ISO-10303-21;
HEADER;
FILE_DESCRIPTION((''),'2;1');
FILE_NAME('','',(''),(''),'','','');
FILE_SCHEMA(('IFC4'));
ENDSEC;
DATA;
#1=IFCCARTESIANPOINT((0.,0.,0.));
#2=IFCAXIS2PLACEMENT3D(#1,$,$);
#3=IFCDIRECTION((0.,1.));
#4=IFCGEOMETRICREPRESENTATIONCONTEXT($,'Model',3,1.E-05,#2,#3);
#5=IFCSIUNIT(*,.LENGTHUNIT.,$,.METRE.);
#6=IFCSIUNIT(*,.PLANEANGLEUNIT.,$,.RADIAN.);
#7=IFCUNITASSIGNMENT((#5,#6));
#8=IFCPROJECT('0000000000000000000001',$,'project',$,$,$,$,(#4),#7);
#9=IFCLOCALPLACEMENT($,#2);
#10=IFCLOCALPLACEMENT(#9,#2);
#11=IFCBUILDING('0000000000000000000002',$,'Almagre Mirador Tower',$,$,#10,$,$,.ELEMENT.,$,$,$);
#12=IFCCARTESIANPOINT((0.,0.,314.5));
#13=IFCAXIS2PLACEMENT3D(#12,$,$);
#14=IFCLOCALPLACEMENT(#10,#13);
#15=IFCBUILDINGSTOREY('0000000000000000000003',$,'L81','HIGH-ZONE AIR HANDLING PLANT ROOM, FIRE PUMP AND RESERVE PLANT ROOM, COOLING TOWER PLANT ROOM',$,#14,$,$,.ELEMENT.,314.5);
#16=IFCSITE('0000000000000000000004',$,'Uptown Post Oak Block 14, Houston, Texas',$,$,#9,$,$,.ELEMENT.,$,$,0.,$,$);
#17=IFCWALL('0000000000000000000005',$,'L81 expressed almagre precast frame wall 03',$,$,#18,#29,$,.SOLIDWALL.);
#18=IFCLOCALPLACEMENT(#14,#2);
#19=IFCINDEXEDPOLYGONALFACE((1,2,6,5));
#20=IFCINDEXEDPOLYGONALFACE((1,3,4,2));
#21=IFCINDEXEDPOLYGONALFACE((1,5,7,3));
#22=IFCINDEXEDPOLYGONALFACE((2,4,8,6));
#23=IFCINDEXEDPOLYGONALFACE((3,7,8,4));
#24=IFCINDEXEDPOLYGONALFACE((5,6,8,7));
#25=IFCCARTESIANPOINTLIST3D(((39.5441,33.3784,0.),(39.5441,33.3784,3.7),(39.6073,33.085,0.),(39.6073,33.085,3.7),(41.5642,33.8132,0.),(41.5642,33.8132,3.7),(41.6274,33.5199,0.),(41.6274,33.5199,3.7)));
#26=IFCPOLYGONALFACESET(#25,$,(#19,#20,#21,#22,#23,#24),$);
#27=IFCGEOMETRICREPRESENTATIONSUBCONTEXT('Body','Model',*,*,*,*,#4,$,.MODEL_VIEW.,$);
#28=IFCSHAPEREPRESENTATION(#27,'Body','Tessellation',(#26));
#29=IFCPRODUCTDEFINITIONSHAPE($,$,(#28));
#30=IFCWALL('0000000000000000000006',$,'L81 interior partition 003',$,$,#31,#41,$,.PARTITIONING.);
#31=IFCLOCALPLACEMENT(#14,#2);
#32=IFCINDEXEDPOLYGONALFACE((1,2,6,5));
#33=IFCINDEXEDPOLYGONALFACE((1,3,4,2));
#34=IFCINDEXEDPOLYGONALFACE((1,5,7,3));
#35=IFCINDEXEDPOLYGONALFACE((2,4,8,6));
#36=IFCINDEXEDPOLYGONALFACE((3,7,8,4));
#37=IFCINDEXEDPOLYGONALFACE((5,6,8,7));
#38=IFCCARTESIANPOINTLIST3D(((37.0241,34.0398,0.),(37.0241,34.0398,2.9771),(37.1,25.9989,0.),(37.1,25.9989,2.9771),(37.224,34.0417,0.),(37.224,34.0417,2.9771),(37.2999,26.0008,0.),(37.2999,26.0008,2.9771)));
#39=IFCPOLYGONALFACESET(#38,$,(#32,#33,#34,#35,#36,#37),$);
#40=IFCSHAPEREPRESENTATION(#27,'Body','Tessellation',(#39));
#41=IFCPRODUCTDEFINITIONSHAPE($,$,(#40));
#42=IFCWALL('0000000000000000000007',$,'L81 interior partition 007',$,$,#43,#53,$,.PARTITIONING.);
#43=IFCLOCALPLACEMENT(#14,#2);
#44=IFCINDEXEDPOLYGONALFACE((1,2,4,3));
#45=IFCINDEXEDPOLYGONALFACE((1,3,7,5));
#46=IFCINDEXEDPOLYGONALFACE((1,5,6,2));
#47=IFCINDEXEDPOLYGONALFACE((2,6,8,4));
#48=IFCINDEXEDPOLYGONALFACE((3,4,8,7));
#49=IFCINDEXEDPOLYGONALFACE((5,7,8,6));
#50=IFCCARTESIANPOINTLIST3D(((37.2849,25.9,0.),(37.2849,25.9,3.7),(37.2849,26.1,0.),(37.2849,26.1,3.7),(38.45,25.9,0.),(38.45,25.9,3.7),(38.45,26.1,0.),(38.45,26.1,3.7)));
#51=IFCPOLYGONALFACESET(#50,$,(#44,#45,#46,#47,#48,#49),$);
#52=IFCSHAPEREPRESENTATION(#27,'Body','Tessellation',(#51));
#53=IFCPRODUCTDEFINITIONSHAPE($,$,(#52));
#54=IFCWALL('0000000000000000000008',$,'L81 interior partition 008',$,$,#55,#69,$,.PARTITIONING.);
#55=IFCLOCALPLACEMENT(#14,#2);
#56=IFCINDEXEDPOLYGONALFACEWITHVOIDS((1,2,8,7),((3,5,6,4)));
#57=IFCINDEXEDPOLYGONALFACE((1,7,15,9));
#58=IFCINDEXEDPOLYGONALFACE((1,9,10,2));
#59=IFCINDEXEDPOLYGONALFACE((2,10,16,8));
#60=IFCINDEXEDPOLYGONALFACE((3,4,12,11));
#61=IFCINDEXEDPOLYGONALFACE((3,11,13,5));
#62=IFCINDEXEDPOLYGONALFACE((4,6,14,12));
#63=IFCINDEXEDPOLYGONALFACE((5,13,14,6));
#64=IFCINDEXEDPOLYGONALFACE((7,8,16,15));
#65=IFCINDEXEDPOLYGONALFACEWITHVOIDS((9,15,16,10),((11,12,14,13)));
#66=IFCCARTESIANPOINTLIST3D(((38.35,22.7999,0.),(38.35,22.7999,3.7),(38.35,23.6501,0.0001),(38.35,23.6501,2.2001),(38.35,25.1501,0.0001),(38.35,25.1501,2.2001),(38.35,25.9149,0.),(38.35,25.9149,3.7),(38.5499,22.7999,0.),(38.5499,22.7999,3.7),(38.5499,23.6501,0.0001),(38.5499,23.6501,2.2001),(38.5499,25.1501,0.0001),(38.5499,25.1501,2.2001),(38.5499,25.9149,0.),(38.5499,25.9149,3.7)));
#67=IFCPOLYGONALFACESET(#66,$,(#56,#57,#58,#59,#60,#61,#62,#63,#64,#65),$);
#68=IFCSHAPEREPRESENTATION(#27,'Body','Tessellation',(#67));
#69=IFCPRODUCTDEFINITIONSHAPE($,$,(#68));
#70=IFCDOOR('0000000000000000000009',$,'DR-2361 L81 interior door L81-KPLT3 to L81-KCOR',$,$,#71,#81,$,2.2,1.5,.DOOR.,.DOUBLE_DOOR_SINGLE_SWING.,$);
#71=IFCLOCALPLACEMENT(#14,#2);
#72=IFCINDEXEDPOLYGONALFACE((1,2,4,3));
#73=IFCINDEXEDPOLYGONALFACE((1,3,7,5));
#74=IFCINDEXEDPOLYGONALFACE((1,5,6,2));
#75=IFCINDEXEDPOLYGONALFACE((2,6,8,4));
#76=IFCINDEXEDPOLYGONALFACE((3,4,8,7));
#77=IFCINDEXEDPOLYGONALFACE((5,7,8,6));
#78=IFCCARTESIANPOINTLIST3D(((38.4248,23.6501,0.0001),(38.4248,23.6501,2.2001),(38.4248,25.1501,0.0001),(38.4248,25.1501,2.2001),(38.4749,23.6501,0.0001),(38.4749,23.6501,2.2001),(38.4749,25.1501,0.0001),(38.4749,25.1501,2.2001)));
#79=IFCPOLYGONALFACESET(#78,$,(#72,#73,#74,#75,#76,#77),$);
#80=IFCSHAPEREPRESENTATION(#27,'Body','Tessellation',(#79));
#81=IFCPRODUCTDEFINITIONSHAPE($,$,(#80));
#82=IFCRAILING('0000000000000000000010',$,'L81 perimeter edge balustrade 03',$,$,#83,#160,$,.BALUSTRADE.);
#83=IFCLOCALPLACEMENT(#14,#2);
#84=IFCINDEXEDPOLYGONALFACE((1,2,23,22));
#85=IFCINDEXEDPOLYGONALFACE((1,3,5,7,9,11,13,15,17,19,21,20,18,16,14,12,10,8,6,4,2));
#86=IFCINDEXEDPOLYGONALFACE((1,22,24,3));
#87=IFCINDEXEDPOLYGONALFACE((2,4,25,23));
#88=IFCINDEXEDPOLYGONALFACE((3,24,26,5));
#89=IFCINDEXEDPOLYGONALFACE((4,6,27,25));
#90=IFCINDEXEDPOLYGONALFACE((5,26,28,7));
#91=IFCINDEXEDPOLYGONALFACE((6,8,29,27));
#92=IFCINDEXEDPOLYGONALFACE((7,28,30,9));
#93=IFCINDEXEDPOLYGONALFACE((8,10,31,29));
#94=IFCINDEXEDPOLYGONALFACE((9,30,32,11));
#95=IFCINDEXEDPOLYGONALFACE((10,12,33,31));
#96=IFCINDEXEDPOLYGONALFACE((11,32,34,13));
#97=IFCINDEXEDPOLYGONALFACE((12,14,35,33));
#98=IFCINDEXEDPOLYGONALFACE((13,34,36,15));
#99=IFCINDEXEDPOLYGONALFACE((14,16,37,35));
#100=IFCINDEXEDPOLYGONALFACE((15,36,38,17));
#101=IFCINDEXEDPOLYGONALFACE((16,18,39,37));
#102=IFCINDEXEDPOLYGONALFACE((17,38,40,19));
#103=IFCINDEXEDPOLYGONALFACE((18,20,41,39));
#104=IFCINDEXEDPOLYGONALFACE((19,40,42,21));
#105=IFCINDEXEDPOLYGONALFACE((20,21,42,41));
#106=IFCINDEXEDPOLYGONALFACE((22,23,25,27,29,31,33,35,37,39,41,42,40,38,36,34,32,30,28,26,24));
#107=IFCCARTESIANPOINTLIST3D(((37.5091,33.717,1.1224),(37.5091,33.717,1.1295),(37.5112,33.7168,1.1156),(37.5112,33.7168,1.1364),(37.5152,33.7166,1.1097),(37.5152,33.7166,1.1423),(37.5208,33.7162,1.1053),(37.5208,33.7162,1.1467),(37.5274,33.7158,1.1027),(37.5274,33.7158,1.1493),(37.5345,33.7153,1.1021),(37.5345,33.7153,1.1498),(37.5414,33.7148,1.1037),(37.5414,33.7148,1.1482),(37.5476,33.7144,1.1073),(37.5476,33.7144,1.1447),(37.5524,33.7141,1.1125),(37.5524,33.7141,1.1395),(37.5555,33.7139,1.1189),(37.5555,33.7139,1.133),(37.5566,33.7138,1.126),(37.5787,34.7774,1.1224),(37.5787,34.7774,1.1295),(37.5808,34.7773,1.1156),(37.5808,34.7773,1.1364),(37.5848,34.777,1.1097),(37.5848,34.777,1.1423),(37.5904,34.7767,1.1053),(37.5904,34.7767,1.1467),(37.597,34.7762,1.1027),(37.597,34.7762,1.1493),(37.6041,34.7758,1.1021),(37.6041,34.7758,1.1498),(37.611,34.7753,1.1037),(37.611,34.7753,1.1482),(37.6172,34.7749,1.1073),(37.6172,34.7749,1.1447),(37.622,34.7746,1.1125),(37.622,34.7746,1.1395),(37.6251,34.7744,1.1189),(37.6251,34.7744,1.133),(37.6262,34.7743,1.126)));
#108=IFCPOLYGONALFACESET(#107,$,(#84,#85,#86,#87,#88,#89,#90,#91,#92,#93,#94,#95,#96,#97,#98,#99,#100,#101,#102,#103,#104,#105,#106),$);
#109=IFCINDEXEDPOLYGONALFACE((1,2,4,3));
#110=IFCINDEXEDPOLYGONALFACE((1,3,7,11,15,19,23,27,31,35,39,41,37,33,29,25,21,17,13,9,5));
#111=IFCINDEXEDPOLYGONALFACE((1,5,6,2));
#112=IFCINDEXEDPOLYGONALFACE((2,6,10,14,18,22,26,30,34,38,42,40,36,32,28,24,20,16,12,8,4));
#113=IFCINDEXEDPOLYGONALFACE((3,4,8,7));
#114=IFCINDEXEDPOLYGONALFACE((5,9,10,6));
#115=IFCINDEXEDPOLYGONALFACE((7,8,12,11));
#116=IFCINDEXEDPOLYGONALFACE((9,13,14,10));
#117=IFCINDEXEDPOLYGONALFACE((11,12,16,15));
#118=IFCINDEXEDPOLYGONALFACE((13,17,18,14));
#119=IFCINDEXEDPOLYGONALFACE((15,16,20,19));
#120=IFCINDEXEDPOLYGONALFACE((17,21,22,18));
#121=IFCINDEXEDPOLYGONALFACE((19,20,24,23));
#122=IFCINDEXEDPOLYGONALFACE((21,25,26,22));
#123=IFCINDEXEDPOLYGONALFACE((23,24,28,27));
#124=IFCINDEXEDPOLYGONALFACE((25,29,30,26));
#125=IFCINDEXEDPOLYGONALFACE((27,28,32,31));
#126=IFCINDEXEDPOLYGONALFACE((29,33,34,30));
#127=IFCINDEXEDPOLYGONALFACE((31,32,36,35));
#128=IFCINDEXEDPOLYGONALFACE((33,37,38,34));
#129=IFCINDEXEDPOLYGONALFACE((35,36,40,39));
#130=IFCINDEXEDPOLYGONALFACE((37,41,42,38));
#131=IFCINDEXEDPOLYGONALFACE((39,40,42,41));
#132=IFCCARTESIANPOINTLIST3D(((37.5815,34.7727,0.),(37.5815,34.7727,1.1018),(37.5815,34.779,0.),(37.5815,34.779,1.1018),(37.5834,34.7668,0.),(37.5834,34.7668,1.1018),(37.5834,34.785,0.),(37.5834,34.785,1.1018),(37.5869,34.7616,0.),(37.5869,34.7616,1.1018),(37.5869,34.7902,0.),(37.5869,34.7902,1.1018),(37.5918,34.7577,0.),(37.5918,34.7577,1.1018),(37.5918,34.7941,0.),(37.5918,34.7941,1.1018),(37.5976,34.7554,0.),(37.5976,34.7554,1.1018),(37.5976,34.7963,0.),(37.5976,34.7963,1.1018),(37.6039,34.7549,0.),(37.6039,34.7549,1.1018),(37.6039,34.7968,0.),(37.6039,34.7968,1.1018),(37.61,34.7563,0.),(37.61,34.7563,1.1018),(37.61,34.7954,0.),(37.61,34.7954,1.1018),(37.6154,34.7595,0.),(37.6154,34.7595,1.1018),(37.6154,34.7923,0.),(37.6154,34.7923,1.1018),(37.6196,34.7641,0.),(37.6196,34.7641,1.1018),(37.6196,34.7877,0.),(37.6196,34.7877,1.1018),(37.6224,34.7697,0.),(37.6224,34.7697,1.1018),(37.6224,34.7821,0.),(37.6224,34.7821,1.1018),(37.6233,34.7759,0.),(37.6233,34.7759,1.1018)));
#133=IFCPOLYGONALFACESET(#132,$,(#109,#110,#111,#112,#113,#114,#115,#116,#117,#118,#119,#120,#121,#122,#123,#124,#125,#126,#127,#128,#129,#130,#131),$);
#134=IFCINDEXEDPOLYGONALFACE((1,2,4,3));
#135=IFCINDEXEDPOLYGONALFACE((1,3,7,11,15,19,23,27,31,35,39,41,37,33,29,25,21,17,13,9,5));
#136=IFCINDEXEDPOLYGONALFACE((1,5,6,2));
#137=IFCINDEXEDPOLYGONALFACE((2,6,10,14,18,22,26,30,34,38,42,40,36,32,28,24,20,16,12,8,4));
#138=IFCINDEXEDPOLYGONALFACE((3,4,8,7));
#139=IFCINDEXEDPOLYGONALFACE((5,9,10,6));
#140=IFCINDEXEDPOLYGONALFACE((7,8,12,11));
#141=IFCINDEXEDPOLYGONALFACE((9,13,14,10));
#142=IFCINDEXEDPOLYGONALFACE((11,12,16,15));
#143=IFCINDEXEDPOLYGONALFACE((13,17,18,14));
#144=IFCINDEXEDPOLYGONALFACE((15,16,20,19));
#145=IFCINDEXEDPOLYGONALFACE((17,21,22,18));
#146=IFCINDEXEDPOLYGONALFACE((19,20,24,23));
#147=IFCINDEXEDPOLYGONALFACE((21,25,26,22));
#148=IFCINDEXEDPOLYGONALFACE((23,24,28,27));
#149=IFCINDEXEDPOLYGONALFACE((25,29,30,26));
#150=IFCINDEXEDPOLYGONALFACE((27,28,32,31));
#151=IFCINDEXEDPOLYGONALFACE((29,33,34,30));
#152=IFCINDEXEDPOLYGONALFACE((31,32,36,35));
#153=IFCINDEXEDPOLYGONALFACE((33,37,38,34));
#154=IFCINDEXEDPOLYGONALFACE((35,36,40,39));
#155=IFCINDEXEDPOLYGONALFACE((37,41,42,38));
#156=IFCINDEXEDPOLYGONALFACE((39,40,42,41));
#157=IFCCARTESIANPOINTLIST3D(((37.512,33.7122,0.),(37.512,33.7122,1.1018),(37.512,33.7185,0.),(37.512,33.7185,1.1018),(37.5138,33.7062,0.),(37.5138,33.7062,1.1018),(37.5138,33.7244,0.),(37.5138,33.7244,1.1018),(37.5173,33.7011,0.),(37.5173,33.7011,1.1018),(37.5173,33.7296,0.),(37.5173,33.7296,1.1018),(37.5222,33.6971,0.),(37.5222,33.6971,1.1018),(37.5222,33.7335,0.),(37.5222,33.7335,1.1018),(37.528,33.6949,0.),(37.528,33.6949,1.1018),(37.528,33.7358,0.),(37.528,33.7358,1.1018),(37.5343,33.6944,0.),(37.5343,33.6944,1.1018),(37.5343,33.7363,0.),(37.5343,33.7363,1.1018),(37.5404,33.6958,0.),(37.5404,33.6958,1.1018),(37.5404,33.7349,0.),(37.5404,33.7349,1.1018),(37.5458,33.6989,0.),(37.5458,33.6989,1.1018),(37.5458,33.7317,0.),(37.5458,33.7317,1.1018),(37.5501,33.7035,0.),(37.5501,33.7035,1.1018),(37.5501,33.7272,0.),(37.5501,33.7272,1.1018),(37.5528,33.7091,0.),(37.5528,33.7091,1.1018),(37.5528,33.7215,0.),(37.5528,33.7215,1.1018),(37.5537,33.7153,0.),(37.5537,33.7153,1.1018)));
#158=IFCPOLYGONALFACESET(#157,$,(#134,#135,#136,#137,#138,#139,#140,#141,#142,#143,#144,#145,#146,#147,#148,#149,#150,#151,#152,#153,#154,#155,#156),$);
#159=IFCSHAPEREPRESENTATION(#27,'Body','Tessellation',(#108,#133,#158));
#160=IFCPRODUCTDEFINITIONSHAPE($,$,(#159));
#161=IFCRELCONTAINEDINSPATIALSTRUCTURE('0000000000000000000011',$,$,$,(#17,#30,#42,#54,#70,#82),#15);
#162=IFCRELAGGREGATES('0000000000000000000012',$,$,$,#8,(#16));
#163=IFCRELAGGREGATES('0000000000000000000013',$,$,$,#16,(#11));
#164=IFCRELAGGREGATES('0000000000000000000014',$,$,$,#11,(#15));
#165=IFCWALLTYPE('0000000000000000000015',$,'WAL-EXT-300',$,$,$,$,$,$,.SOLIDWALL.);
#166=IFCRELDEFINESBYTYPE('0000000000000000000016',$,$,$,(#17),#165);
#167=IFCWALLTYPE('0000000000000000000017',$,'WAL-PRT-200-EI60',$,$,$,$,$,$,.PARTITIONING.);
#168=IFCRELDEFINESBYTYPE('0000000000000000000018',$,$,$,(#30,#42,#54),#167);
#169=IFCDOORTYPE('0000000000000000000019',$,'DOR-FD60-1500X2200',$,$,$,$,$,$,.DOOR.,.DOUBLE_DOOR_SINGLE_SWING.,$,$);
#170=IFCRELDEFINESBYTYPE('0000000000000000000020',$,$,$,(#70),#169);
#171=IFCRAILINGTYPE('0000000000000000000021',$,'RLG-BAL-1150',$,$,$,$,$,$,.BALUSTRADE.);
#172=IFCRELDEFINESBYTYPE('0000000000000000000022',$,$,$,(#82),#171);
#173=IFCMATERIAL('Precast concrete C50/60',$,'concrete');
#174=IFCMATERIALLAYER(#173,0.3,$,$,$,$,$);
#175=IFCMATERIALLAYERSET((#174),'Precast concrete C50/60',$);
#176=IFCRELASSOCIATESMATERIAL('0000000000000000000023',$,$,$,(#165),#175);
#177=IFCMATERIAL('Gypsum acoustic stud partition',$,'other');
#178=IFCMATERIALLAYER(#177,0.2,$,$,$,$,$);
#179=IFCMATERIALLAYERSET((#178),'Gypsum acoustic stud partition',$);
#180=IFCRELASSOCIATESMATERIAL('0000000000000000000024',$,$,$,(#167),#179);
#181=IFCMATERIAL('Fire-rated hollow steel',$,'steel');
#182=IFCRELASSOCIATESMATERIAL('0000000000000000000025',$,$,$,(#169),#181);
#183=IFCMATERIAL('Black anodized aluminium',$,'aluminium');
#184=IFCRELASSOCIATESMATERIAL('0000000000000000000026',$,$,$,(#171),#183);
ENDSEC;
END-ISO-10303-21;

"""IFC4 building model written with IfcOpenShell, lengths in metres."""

from ifc_helpers import new_model, si_unit, direction, frame, frame_2d, origin, origin_2d, place, context, subcontext, project, spatial, rectangle, circle, extrude, material, layer, layer_set, type_object, element, fill, save


model = new_model("IFC4")

# Units and contexts
model_context = context("Model", 3, precision=1e-05, world=origin(), true_north=direction((0.0, 1.0)))
body_context = subcontext(model_context, "Body", "Model", "MODEL_VIEW")
ifc_project = project(units=[si_unit("LENGTHUNIT", "METRE"), si_unit("PLANEANGLEUNIT", "RADIAN")], contexts=[model_context])

# Site, building, storey
site_placement = place(None, origin())
site = spatial("IfcSite", under=ifc_project, at=site_placement, Name="Uptown Post Oak Block 14, Houston, Texas", CompositionType="ELEMENT", RefElevation=0.0)
building_placement = place(site_placement, origin())
building = spatial("IfcBuilding", under=site, at=building_placement, Name="Almagre Mirador Tower", CompositionType="ELEMENT")
storey_placement = place(building_placement, frame((0.0, 0.0, 314.5)))
storey = spatial("IfcBuildingStorey", under=building, at=storey_placement, Name="L81", Description="HIGH-ZONE AIR HANDLING PLANT ROOM, FIRE PUMP AND RESERVE PLANT ROOM, COOLING TOWER PLANT ROOM", CompositionType="ELEMENT", Elevation=314.5)

# Walls
ifc_material_1 = material(Name="Precast concrete C50/60", Category="concrete")
ifc_layer_1 = layer(ifc_material_1, 0.3)
ifc_layer_set_1 = layer_set([ifc_layer_1], Name="Precast concrete C50/60")
wall_type_1 = type_object("IfcWallType", Name="WAL-EXT-300", PredefinedType="SOLIDWALL", material=ifc_layer_set_1)
wall_1_placement = place(storey_placement, frame((39.5757, 33.2317, 0.0), z_axis=(0.0, 0.0, 1.0), x_axis=(0.977608, 0.210433, 0.0)))
element("IfcWall", 1, at=wall_1_placement, inside=storey, type_object=wall_type_1, Name="L81 expressed almagre precast frame wall 03", PredefinedType="SOLIDWALL", context=body_context, shape_type="SweptSolid", body=[
    extrude(rectangle(XDim=2.0664, YDim=0.3, at=frame_2d((1.0332, 0.0))), origin(), (0.0, 0.0, 1.0), 3.7),
])
ifc_material_2 = material(Name="Gypsum acoustic stud partition", Category="other")
ifc_layer_2 = layer(ifc_material_2, 0.2)
ifc_layer_set_2 = layer_set([ifc_layer_2], Name="Gypsum acoustic stud partition")
wall_type_2 = type_object("IfcWallType", Name="WAL-PRT-200-EI60", PredefinedType="PARTITIONING", material=ifc_layer_set_2)
wall_2_placement = place(storey_placement, frame((37.2, 26.0, 0.0), z_axis=(0.0, 0.0, 1.0), x_axis=(-0.009442, 0.999955, 0.0)))
element("IfcWall", 2, at=wall_2_placement, inside=storey, type_object=wall_type_2, Name="L81 interior partition 003", PredefinedType="PARTITIONING", context=body_context, shape_type="SweptSolid", body=[
    extrude(rectangle(XDim=8.0413, YDim=0.2, at=frame_2d((4.0205, 0.0))), origin(), (0.0, 0.0, 1.0), 2.9771),
])
wall_3_placement = place(storey_placement, frame((37.2849, 26.0, 0.0), z_axis=(0.0, 0.0, 1.0), x_axis=(1.0, 0.0, 0.0)))
element("IfcWall", 3, at=wall_3_placement, inside=storey, type_object=wall_type_2, Name="L81 interior partition 007", PredefinedType="PARTITIONING", context=body_context, shape_type="SweptSolid", body=[
    extrude(rectangle(XDim=1.165, YDim=0.2, at=frame_2d((0.5825, 0.0))), origin(), (0.0, 0.0, 1.0), 3.7),
])

# Wall, opening, door
wall_4_placement = place(storey_placement, frame((38.45, 25.915, 0.0), z_axis=(0.0, 0.0, 1.0), x_axis=(0.0, -1.0, 0.0)))
wall_4 = element("IfcWall", 4, at=wall_4_placement, inside=storey, type_object=wall_type_2, Name="L81 interior partition 008", PredefinedType="PARTITIONING", context=body_context, shape_type="SweptSolid", body=[
    extrude(rectangle(XDim=3.115, YDim=0.2, at=frame_2d((1.5576, 0.0))), origin(), (0.0, 0.0, 1.0), 3.7),
])
opening_placement = place(wall_4_placement, frame((0.7649, 0.0, 0.0)))
opening = element("IfcOpeningElement", 5, at=opening_placement, cuts=wall_4, PredefinedType="OPENING", context=body_context, shape_type="SweptSolid", body=[
    extrude(rectangle(XDim=1.5, YDim=2.2, at=frame_2d((0.75, 1.1001))), frame((0.0, 0.1101, 0.0), z_axis=(0.0, -1.0, 0.0), x_axis=(1.0, 0.0, 0.0)), (0.0, 0.0, 1.0), 0.22),
])
ifc_material_3 = material(Name="Fire-rated hollow steel", Category="steel")
door_type = type_object("IfcDoorType", Name="DOR-FD60-1500X2200", OperationType="DOUBLE_DOOR_SINGLE_SWING", PredefinedType="DOOR", material=ifc_material_3)
door_placement = place(opening_placement, origin())
door = element("IfcDoor", 6, at=door_placement, inside=storey, type_object=door_type, Name="DR-2361 L81 interior door L81-KPLT3 to L81-KCOR", OperationType="DOUBLE_DOOR_SINGLE_SWING", OverallHeight=2.2, OverallWidth=1.5, PredefinedType="DOOR", context=body_context, shape_type="SweptSolid", body=[
    extrude(rectangle(XDim=1.5, YDim=2.2, at=frame_2d((0.75, 1.1001))), frame((0.0, 0.0249, 0.0), z_axis=(0.0, -1.0, 0.0), x_axis=(1.0, 0.0, 0.0)), (0.0, 0.0, 1.0), 0.05),
])
fill(opening, door)

# Railing
ifc_material_4 = material(Name="Black anodized aluminium", Category="aluminium")
railing_type = type_object("IfcRailingType", Name="RLG-BAL-1150", PredefinedType="BALUSTRADE", material=ifc_material_4)
railing_1_placement = place(storey_placement, frame((37.6023, 34.7759, 0.0)))
element("IfcRailing", 7, at=railing_1_placement, inside=storey, type_object=railing_type, Name="L81 perimeter edge balustrade 03", PredefinedType="BALUSTRADE", context=body_context, shape_type="SweptSolid", body=[
    extrude(circle(Radius=0.0239, at=origin_2d()), frame((0.0, 0.0, 1.126), z_axis=(-0.065467, -0.997855, 0.0), x_axis=(0.997855, -0.065467, 0.0)), (0.0, 0.0, 1.0), 1.0627),
    extrude(circle(Radius=0.021, at=origin_2d()), origin(), (0.0, 0.0, 1.0), 1.1018),
    extrude(circle(Radius=0.021, at=origin_2d()), frame((-0.0696, -1.0605, 0.0)), (0.0, 0.0, 1.0), 1.1018),
])

save(model, "model.ifc")
